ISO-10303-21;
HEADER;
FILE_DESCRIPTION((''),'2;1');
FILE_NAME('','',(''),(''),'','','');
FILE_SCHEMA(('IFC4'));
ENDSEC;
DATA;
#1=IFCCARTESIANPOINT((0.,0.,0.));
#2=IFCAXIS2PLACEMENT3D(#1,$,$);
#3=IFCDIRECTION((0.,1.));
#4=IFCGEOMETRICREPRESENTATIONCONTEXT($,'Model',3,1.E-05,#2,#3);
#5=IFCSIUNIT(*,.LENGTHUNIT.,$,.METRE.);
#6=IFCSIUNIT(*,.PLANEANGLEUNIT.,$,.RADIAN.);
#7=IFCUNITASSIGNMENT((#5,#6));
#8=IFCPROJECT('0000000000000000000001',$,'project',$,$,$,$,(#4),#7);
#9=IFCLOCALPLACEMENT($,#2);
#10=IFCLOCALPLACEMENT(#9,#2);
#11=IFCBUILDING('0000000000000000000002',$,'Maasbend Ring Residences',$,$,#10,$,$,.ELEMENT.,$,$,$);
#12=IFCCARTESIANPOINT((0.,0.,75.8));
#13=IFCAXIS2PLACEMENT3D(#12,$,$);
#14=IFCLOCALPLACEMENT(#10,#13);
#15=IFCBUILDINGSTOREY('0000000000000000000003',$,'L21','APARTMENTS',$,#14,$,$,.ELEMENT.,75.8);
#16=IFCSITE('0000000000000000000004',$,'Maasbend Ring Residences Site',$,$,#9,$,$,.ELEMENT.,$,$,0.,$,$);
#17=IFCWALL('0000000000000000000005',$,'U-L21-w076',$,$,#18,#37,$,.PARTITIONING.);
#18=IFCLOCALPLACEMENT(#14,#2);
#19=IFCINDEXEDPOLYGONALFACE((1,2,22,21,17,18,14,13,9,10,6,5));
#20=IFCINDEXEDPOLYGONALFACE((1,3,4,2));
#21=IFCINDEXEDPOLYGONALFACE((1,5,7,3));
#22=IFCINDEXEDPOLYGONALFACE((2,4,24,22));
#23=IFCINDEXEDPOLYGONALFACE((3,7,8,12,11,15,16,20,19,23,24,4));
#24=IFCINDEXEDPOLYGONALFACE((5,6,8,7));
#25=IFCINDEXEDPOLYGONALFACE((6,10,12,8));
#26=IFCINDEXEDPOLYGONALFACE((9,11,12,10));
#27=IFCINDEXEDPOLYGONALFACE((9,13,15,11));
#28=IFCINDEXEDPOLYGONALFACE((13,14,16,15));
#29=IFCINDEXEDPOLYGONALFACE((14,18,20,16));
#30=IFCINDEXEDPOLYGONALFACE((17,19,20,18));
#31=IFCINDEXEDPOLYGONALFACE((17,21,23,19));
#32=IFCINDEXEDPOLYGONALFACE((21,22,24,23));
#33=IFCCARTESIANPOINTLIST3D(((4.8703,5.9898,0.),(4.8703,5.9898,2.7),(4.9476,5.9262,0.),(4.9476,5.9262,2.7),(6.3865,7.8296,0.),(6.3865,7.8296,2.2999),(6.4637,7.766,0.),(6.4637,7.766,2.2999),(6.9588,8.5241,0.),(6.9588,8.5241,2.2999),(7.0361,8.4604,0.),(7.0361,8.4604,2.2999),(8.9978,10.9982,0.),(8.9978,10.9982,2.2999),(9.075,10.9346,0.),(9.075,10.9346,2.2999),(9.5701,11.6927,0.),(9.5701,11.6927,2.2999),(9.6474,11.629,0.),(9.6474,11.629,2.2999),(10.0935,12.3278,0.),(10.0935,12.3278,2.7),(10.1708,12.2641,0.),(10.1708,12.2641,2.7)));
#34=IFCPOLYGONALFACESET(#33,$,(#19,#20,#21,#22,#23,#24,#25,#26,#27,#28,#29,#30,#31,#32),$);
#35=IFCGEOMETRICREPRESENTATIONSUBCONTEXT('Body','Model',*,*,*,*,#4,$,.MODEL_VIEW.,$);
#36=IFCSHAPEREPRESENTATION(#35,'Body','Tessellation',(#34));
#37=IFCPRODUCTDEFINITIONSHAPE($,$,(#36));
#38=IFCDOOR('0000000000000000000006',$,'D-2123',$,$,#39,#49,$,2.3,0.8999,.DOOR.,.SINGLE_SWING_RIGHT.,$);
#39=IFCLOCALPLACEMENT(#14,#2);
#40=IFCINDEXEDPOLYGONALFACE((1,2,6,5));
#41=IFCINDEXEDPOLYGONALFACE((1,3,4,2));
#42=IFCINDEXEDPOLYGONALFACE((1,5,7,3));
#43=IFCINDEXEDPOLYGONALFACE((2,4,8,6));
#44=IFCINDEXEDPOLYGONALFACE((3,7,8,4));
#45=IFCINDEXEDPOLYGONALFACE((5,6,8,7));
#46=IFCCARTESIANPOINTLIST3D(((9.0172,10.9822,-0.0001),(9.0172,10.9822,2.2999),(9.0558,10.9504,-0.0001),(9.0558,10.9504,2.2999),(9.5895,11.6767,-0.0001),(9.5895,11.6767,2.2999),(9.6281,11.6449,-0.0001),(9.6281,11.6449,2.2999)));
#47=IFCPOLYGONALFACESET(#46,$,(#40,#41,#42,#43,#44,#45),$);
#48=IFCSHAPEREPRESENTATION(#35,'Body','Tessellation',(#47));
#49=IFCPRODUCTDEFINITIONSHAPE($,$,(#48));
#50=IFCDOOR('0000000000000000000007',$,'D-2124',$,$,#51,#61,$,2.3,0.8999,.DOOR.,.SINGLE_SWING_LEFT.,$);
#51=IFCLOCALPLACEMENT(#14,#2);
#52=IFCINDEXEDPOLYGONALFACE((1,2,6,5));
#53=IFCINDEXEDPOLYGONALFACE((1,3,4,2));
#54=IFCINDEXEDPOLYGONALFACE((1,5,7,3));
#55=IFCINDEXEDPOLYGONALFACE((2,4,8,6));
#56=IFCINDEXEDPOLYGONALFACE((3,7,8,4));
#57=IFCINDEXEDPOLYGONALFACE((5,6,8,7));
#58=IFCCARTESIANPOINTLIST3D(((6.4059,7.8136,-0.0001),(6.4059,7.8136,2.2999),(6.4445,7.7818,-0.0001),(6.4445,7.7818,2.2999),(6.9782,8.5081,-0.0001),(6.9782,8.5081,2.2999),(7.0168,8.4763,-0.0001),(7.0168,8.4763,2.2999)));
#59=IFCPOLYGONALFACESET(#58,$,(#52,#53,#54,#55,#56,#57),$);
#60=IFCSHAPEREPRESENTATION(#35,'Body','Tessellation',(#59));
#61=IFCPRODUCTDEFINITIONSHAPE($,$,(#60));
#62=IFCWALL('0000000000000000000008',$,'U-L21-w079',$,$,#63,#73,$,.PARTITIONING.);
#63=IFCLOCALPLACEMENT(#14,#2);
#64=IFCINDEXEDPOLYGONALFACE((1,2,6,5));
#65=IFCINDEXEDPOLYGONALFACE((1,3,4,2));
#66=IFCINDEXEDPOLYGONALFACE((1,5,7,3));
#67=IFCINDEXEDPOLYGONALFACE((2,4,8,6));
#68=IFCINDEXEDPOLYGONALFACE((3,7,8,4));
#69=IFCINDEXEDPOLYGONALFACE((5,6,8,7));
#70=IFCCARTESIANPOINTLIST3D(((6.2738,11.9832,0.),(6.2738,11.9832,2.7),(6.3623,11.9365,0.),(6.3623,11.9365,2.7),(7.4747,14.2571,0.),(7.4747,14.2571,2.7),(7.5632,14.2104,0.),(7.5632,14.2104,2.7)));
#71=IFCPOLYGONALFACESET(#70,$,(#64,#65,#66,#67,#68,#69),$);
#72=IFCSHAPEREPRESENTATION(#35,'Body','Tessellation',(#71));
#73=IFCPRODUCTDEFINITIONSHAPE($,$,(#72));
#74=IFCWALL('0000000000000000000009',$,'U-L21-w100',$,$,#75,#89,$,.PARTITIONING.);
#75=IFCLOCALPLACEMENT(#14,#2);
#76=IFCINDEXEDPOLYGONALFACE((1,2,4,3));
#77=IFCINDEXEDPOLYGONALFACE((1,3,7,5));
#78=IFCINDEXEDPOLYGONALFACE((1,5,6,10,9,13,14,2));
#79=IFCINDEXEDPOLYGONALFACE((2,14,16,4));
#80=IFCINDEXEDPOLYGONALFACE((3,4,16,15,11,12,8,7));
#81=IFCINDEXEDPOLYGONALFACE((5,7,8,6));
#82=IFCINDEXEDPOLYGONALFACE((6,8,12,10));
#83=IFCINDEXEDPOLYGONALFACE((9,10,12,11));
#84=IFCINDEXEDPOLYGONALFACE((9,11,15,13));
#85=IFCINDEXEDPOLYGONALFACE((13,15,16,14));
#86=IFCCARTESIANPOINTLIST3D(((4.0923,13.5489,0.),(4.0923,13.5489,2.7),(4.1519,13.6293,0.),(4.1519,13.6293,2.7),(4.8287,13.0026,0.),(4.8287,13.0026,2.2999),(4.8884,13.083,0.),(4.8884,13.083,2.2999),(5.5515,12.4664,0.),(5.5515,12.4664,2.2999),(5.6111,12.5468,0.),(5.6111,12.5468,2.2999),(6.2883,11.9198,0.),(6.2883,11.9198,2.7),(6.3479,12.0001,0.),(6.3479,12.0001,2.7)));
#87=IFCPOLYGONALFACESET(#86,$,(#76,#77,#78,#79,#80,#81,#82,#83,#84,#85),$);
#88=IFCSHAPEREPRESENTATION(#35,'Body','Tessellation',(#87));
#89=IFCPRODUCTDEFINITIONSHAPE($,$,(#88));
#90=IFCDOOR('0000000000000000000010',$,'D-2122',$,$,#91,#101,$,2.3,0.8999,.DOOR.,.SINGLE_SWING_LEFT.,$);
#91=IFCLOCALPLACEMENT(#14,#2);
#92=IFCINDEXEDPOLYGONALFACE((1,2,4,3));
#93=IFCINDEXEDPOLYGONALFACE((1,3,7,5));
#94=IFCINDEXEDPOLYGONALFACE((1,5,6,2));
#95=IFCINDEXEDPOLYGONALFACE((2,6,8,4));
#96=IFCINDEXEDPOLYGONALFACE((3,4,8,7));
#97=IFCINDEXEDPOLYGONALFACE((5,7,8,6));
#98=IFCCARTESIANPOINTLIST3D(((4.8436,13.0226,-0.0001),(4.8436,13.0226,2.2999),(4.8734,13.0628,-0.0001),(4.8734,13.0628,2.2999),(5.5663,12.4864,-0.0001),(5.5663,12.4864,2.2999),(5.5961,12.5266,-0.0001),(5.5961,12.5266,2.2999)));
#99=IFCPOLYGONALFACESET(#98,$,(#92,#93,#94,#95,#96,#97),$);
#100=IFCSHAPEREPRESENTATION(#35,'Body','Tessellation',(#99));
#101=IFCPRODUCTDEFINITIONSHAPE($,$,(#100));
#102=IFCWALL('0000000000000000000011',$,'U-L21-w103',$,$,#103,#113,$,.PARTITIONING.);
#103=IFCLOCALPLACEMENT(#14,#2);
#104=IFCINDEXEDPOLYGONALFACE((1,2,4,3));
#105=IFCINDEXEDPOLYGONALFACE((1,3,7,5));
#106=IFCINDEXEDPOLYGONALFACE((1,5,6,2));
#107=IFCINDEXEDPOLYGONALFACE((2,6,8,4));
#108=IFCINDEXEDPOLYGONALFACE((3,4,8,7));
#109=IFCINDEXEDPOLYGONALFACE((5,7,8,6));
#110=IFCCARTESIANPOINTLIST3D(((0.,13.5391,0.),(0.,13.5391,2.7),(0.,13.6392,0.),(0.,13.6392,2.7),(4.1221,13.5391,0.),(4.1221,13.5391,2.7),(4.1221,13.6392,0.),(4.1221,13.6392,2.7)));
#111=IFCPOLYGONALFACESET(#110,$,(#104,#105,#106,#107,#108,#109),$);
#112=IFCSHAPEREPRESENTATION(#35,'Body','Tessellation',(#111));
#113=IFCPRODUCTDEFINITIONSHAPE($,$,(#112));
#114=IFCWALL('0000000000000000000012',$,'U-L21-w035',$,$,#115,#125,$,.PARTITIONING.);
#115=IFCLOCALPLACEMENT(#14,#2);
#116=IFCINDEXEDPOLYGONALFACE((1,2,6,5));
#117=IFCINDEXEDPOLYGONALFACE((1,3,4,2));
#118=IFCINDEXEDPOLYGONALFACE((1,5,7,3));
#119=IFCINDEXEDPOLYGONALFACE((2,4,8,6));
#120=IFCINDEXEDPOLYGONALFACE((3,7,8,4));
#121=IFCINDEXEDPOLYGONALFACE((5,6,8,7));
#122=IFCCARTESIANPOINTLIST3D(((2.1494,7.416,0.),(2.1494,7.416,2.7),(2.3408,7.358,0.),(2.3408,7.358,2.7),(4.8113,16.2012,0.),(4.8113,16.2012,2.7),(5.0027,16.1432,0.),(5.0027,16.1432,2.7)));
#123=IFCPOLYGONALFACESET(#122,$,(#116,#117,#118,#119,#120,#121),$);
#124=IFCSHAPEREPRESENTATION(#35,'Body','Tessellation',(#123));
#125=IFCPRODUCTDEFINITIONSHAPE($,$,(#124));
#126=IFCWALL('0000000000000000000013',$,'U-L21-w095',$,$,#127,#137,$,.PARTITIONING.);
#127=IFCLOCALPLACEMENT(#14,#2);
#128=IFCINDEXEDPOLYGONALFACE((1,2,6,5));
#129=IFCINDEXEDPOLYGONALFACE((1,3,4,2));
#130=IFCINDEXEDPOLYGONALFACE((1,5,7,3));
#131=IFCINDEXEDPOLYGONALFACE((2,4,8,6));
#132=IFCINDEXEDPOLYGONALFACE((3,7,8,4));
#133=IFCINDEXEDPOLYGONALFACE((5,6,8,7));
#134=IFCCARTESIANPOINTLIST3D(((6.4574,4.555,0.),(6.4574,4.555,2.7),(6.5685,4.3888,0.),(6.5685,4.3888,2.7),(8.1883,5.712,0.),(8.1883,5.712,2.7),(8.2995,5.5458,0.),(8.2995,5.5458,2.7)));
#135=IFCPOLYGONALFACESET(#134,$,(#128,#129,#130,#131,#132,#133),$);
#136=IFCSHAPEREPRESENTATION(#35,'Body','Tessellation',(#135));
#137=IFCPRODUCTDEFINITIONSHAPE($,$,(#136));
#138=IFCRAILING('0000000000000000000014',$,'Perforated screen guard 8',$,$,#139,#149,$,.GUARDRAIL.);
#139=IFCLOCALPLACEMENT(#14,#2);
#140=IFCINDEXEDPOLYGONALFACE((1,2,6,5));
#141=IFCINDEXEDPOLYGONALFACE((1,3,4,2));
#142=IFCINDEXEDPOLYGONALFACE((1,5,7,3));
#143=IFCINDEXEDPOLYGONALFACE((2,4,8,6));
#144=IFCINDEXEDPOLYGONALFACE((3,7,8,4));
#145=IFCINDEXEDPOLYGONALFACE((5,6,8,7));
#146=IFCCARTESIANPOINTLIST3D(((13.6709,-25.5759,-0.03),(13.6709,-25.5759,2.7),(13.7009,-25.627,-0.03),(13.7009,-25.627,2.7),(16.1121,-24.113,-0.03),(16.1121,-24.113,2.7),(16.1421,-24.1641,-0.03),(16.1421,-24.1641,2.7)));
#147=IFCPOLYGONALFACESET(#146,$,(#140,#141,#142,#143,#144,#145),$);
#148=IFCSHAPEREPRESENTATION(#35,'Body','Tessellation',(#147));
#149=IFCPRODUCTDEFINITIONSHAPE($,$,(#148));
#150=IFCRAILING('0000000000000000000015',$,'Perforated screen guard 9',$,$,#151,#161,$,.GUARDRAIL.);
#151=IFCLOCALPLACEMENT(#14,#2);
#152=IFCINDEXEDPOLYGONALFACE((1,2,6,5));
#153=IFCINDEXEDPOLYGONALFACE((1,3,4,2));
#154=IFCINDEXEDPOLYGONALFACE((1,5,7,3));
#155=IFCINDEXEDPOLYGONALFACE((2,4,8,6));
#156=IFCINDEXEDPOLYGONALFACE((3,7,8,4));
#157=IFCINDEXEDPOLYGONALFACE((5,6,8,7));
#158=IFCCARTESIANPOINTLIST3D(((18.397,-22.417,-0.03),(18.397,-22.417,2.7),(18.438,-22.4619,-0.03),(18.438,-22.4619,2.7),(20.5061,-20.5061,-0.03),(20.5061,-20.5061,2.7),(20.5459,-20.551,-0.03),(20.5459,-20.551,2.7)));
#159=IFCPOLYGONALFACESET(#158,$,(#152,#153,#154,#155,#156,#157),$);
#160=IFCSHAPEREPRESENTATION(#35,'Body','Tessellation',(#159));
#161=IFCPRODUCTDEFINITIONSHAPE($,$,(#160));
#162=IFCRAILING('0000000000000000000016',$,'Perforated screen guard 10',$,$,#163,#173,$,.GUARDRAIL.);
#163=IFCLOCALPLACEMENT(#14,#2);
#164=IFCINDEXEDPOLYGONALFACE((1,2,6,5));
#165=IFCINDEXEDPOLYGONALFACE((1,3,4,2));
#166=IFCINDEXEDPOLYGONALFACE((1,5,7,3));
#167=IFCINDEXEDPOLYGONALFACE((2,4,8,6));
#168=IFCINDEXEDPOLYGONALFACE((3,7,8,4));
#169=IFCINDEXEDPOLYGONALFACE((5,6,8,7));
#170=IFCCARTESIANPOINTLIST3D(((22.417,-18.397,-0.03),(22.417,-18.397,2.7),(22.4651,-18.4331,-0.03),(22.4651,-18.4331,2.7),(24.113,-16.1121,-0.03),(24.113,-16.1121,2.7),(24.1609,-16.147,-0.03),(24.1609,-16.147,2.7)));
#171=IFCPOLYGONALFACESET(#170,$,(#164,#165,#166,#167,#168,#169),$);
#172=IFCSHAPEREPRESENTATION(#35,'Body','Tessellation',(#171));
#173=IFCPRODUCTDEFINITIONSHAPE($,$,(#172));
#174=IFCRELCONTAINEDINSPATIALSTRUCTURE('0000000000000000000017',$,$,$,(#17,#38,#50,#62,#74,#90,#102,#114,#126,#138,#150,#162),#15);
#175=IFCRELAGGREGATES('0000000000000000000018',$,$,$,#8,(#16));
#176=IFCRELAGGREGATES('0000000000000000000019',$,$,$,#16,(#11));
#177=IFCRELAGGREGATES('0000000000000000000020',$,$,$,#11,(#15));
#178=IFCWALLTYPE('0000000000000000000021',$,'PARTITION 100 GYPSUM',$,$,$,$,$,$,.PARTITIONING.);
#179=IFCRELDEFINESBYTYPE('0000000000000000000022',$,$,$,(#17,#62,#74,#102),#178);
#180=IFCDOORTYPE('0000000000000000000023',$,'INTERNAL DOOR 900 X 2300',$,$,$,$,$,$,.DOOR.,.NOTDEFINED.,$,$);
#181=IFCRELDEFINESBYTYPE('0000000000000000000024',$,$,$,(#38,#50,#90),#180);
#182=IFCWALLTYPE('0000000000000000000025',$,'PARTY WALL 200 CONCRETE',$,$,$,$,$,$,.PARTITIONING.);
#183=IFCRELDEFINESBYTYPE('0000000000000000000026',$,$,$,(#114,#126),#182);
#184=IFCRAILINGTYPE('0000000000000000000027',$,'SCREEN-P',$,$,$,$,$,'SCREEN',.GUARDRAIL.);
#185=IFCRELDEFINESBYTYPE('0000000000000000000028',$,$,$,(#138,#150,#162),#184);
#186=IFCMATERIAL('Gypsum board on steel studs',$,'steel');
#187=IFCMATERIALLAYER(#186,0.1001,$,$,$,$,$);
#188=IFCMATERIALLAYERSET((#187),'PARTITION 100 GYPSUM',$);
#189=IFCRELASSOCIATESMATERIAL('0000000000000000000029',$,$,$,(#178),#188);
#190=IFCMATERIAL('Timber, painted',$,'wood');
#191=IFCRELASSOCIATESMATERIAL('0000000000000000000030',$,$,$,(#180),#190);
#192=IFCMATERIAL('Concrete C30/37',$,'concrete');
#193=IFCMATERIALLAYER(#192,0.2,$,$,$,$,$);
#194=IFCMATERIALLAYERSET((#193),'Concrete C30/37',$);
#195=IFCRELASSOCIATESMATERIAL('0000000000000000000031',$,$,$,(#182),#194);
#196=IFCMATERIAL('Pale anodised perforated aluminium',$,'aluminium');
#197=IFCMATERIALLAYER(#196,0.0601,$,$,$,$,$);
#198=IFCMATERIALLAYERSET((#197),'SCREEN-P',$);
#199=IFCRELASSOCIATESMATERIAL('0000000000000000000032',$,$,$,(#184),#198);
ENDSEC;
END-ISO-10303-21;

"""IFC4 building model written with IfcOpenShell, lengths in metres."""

from ifc_helpers import new_model, si_unit, direction, frame, frame_2d, origin, place, context, subcontext, project, spatial, polyline, rectangle, outline, extrude, material, layer, layer_set, type_object, element, fill, save


model = new_model("IFC4")

# Units and contexts
model_context = context("Model", 3, precision=1e-05, world=origin(), true_north=direction((0.0, 1.0)))
body_context = subcontext(model_context, "Body", "Model", "MODEL_VIEW")
ifc_project = project(units=[si_unit("LENGTHUNIT", "METRE"), si_unit("PLANEANGLEUNIT", "RADIAN")], contexts=[model_context])

# Site, building, storey
site_placement = place(None, origin())
site = spatial("IfcSite", under=ifc_project, at=site_placement, Name="Maasbend Ring Residences Site", CompositionType="ELEMENT", RefElevation=0.0)
building_placement = place(site_placement, origin())
building = spatial("IfcBuilding", under=site, at=building_placement, Name="Maasbend Ring Residences", CompositionType="ELEMENT")
storey_placement = place(building_placement, frame((0.0, 0.0, 75.8)))
storey = spatial("IfcBuildingStorey", under=building, at=storey_placement, Name="L21", Description="APARTMENTS", CompositionType="ELEMENT", Elevation=75.8)

# Shared definitions
ifc_material_1 = material(Name="Gypsum board on steel studs", Category="steel")
ifc_layer_1 = layer(ifc_material_1, 0.1001)
ifc_layer_set_1 = layer_set([ifc_layer_1], Name="PARTITION 100 GYPSUM")
wall_type_1 = type_object("IfcWallType", Name="PARTITION 100 GYPSUM", PredefinedType="PARTITIONING", material=ifc_layer_set_1)
ifc_material_2 = material(Name="Timber, painted", Category="wood")
door_type = type_object("IfcDoorType", Name="INTERNAL DOOR 900 X 2300", OperationType="NOTDEFINED", PredefinedType="DOOR", material=ifc_material_2)

# Wall, openings, doors
wall_1_placement = place(storey_placement, frame((4.9089, 5.958, 0.0), z_axis=(0.0, 0.0, 1.0), x_axis=(0.635976, 0.771709, 0.0)))
wall_1 = element("IfcWall", 1, at=wall_1_placement, inside=storey, type_object=wall_type_1, Name="U-L21-w076", PredefinedType="PARTITIONING", context=body_context, shape_type="SweptSolid", body=[
    extrude(rectangle(XDim=8.2129, YDim=0.1001, at=frame_2d((4.1064, 0.0))), origin(), (0.0, 0.0, 1.0), 2.7),
])
opening_1_placement = place(wall_1_placement, frame((6.49, 0.0, 0.0)))
opening_1 = element("IfcOpeningElement", 2, at=opening_1_placement, cuts=wall_1, PredefinedType="OPENING", context=body_context, shape_type="SweptSolid", body=[
    extrude(rectangle(XDim=0.8999, YDim=2.3, at=frame_2d((0.45, 1.1499))), frame((0.0, 0.0601, 0.0), z_axis=(0.0, -1.0, 0.0), x_axis=(1.0, 0.0, 0.0)), (0.0, 0.0, 1.0), 0.1201),
])
opening_2_placement = place(wall_1_placement, frame((2.384, 0.0, 0.0)))
opening_2 = element("IfcOpeningElement", 3, at=opening_2_placement, cuts=wall_1, PredefinedType="OPENING", context=body_context, shape_type="SweptSolid", body=[
    extrude(rectangle(XDim=0.8999, YDim=2.3, at=frame_2d((0.45, 1.1499))), frame((0.0, 0.0601, 0.0), z_axis=(0.0, -1.0, 0.0), x_axis=(1.0, 0.0, 0.0)), (0.0, 0.0, 1.0), 0.1201),
])
door_1_placement = place(opening_1_placement, origin())
door_1 = element("IfcDoor", 4, at=door_1_placement, inside=storey, type_object=door_type, Name="D-2123", OperationType="SINGLE_SWING_RIGHT", OverallHeight=2.3, OverallWidth=0.8999, PredefinedType="DOOR", context=body_context, shape_type="SweptSolid", body=[
    extrude(rectangle(XDim=0.8999, YDim=2.3, at=frame_2d((0.45, 1.1499))), frame((0.0, 0.0249, 0.0), z_axis=(0.0, -1.0, 0.0), x_axis=(1.0, 0.0, 0.0)), (0.0, 0.0, 1.0), 0.05),
])
fill(opening_1, door_1)
door_2_placement = place(opening_2_placement, origin())
door_2 = element("IfcDoor", 5, at=door_2_placement, inside=storey, type_object=door_type, Name="D-2124", OperationType="SINGLE_SWING_LEFT", OverallHeight=2.3, OverallWidth=0.8999, PredefinedType="DOOR", context=body_context, shape_type="SweptSolid", body=[
    extrude(rectangle(XDim=0.8999, YDim=2.3, at=frame_2d((0.45, 1.1499))), frame((0.0, 0.0249, 0.0), z_axis=(0.0, -1.0, 0.0), x_axis=(1.0, 0.0, 0.0)), (0.0, 0.0, 1.0), 0.05),
])
fill(opening_2, door_2)

# Wall
wall_2_placement = place(storey_placement, frame((6.3181, 11.96, 0.0), z_axis=(0.0, 0.0, 1.0), x_axis=(0.467002, 0.884256, 0.0)))
element("IfcWall", 6, at=wall_2_placement, inside=storey, type_object=wall_type_1, Name="U-L21-w079", PredefinedType="PARTITIONING", context=body_context, shape_type="SweptSolid", body=[
    extrude(rectangle(XDim=2.5715, YDim=0.1001, at=frame_2d((1.2856, 0.0))), origin(), (0.0, 0.0, 1.0), 2.7),
])

# Wall, opening, door
wall_3_placement = place(storey_placement, frame((4.1221, 13.5891, 0.0), z_axis=(0.0, 0.0, 1.0), x_axis=(0.803128, -0.595806, 0.0)))
wall_3 = element("IfcWall", 7, at=wall_3_placement, inside=storey, type_object=wall_type_1, Name="U-L21-w100", PredefinedType="PARTITIONING", context=body_context, shape_type="SweptSolid", body=[
    extrude(rectangle(XDim=2.7344, YDim=0.1001, at=frame_2d((1.3672, 0.0))), origin(), (0.0, 0.0, 1.0), 2.7),
])
opening_3_placement = place(wall_3_placement, frame((0.917, 0.0, 0.0)))
opening_3 = element("IfcOpeningElement", 8, at=opening_3_placement, cuts=wall_3, PredefinedType="OPENING", context=body_context, shape_type="SweptSolid", body=[
    extrude(rectangle(XDim=0.8999, YDim=2.3, at=frame_2d((0.45, 1.1499))), frame((0.0, 0.0601, 0.0), z_axis=(0.0, -1.0, 0.0), x_axis=(1.0, 0.0, 0.0)), (0.0, 0.0, 1.0), 0.1201),
])
door_3_placement = place(opening_3_placement, origin())
door_3 = element("IfcDoor", 9, at=door_3_placement, inside=storey, type_object=door_type, Name="D-2122", OperationType="SINGLE_SWING_LEFT", OverallHeight=2.3, OverallWidth=0.8999, PredefinedType="DOOR", context=body_context, shape_type="SweptSolid", body=[
    extrude(rectangle(XDim=0.8999, YDim=2.3, at=frame_2d((0.45, 1.1499))), frame((0.0, 0.0249, 0.0), z_axis=(0.0, -1.0, 0.0), x_axis=(1.0, 0.0, 0.0)), (0.0, 0.0, 1.0), 0.05),
])
fill(opening_3, door_3)

# Walls
wall_4_placement = place(storey_placement, frame((0.0, 13.5891, 0.0), z_axis=(0.0, 0.0, 1.0), x_axis=(1.0, 0.0, 0.0)))
element("IfcWall", 10, at=wall_4_placement, inside=storey, type_object=wall_type_1, Name="U-L21-w103", PredefinedType="PARTITIONING", context=body_context, shape_type="SweptSolid", body=[
    extrude(rectangle(XDim=4.1221, YDim=0.1001, at=frame_2d((2.061, 0.0))), origin(), (0.0, 0.0, 1.0), 2.7),
])
ifc_material_3 = material(Name="Concrete C30/37", Category="concrete")
ifc_layer_2 = layer(ifc_material_3, 0.2)
ifc_layer_set_2 = layer_set([ifc_layer_2], Name="Concrete C30/37")
wall_type_2 = type_object("IfcWallType", Name="PARTY WALL 200 CONCRETE", PredefinedType="PARTITIONING", material=ifc_layer_set_2)
wall_5_placement = place(storey_placement, frame((2.2451, 7.387, 0.0), z_axis=(0.0, 0.0, 1.0), x_axis=(0.289977, 0.957034, 0.0)))
element("IfcWall", 11, at=wall_5_placement, inside=storey, type_object=wall_type_2, Name="U-L21-w035", PredefinedType="PARTITIONING", context=body_context, shape_type="SweptSolid", body=[
    extrude(rectangle(XDim=9.1797, YDim=0.2, at=frame_2d((4.5898, 0.0))), origin(), (0.0, 0.0, 1.0), 2.7),
])
wall_6_placement = place(storey_placement, frame((6.5129, 4.4719, 0.0), z_axis=(0.0, 0.0, 1.0), x_axis=(0.831382, 0.555701, 0.0)))
element("IfcWall", 12, at=wall_6_placement, inside=storey, type_object=wall_type_2, Name="U-L21-w095", PredefinedType="PARTITIONING", context=body_context, shape_type="SweptSolid", body=[
    extrude(rectangle(XDim=2.082, YDim=0.2, at=frame_2d((1.041, 0.0))), origin(), (0.0, 0.0, 1.0), 2.7),
])

# Railings
ifc_material_4 = material(Name="Pale anodised perforated aluminium", Category="aluminium")
ifc_layer_3 = layer(ifc_material_4, 0.0601)
ifc_layer_set_3 = layer_set([ifc_layer_3], Name="SCREEN-P")
railing_type = type_object("IfcRailingType", Name="SCREEN-P", ElementType="SCREEN", PredefinedType="GUARDRAIL", material=ifc_layer_set_3)
railing_1_placement = place(storey_placement, frame((0.0, 0.0, -0.03)))
element("IfcRailing", 13, at=railing_1_placement, inside=storey, type_object=railing_type, Name="Perforated screen guard 8", PredefinedType="GUARDRAIL", context=body_context, shape_type="SweptSolid", body=[
    extrude(outline(polyline([(13.6709, -25.5759), (16.1121, -24.113), (16.1421, -24.1641), (13.7009, -25.627), (13.6709, -25.5759)])), origin(), (0.0, 0.0, 1.0), 2.73),
])
railing_2_placement = place(storey_placement, frame((0.0, 0.0, -0.03)))
element("IfcRailing", 14, at=railing_2_placement, inside=storey, type_object=railing_type, Name="Perforated screen guard 9", PredefinedType="GUARDRAIL", context=body_context, shape_type="SweptSolid", body=[
    extrude(outline(polyline([(18.397, -22.417), (20.5061, -20.5061), (20.5459, -20.551), (18.438, -22.4619), (18.397, -22.417)])), origin(), (0.0, 0.0, 1.0), 2.73),
])
railing_3_placement = place(storey_placement, frame((0.0, 0.0, -0.03)))
element("IfcRailing", 15, at=railing_3_placement, inside=storey, type_object=railing_type, Name="Perforated screen guard 10", PredefinedType="GUARDRAIL", context=body_context, shape_type="SweptSolid", body=[
    extrude(outline(polyline([(22.417, -18.397), (24.113, -16.1121), (24.1609, -16.147), (22.4651, -18.4331), (22.417, -18.397)])), origin(), (0.0, 0.0, 1.0), 2.73),
])

save(model, "model.ifc")
